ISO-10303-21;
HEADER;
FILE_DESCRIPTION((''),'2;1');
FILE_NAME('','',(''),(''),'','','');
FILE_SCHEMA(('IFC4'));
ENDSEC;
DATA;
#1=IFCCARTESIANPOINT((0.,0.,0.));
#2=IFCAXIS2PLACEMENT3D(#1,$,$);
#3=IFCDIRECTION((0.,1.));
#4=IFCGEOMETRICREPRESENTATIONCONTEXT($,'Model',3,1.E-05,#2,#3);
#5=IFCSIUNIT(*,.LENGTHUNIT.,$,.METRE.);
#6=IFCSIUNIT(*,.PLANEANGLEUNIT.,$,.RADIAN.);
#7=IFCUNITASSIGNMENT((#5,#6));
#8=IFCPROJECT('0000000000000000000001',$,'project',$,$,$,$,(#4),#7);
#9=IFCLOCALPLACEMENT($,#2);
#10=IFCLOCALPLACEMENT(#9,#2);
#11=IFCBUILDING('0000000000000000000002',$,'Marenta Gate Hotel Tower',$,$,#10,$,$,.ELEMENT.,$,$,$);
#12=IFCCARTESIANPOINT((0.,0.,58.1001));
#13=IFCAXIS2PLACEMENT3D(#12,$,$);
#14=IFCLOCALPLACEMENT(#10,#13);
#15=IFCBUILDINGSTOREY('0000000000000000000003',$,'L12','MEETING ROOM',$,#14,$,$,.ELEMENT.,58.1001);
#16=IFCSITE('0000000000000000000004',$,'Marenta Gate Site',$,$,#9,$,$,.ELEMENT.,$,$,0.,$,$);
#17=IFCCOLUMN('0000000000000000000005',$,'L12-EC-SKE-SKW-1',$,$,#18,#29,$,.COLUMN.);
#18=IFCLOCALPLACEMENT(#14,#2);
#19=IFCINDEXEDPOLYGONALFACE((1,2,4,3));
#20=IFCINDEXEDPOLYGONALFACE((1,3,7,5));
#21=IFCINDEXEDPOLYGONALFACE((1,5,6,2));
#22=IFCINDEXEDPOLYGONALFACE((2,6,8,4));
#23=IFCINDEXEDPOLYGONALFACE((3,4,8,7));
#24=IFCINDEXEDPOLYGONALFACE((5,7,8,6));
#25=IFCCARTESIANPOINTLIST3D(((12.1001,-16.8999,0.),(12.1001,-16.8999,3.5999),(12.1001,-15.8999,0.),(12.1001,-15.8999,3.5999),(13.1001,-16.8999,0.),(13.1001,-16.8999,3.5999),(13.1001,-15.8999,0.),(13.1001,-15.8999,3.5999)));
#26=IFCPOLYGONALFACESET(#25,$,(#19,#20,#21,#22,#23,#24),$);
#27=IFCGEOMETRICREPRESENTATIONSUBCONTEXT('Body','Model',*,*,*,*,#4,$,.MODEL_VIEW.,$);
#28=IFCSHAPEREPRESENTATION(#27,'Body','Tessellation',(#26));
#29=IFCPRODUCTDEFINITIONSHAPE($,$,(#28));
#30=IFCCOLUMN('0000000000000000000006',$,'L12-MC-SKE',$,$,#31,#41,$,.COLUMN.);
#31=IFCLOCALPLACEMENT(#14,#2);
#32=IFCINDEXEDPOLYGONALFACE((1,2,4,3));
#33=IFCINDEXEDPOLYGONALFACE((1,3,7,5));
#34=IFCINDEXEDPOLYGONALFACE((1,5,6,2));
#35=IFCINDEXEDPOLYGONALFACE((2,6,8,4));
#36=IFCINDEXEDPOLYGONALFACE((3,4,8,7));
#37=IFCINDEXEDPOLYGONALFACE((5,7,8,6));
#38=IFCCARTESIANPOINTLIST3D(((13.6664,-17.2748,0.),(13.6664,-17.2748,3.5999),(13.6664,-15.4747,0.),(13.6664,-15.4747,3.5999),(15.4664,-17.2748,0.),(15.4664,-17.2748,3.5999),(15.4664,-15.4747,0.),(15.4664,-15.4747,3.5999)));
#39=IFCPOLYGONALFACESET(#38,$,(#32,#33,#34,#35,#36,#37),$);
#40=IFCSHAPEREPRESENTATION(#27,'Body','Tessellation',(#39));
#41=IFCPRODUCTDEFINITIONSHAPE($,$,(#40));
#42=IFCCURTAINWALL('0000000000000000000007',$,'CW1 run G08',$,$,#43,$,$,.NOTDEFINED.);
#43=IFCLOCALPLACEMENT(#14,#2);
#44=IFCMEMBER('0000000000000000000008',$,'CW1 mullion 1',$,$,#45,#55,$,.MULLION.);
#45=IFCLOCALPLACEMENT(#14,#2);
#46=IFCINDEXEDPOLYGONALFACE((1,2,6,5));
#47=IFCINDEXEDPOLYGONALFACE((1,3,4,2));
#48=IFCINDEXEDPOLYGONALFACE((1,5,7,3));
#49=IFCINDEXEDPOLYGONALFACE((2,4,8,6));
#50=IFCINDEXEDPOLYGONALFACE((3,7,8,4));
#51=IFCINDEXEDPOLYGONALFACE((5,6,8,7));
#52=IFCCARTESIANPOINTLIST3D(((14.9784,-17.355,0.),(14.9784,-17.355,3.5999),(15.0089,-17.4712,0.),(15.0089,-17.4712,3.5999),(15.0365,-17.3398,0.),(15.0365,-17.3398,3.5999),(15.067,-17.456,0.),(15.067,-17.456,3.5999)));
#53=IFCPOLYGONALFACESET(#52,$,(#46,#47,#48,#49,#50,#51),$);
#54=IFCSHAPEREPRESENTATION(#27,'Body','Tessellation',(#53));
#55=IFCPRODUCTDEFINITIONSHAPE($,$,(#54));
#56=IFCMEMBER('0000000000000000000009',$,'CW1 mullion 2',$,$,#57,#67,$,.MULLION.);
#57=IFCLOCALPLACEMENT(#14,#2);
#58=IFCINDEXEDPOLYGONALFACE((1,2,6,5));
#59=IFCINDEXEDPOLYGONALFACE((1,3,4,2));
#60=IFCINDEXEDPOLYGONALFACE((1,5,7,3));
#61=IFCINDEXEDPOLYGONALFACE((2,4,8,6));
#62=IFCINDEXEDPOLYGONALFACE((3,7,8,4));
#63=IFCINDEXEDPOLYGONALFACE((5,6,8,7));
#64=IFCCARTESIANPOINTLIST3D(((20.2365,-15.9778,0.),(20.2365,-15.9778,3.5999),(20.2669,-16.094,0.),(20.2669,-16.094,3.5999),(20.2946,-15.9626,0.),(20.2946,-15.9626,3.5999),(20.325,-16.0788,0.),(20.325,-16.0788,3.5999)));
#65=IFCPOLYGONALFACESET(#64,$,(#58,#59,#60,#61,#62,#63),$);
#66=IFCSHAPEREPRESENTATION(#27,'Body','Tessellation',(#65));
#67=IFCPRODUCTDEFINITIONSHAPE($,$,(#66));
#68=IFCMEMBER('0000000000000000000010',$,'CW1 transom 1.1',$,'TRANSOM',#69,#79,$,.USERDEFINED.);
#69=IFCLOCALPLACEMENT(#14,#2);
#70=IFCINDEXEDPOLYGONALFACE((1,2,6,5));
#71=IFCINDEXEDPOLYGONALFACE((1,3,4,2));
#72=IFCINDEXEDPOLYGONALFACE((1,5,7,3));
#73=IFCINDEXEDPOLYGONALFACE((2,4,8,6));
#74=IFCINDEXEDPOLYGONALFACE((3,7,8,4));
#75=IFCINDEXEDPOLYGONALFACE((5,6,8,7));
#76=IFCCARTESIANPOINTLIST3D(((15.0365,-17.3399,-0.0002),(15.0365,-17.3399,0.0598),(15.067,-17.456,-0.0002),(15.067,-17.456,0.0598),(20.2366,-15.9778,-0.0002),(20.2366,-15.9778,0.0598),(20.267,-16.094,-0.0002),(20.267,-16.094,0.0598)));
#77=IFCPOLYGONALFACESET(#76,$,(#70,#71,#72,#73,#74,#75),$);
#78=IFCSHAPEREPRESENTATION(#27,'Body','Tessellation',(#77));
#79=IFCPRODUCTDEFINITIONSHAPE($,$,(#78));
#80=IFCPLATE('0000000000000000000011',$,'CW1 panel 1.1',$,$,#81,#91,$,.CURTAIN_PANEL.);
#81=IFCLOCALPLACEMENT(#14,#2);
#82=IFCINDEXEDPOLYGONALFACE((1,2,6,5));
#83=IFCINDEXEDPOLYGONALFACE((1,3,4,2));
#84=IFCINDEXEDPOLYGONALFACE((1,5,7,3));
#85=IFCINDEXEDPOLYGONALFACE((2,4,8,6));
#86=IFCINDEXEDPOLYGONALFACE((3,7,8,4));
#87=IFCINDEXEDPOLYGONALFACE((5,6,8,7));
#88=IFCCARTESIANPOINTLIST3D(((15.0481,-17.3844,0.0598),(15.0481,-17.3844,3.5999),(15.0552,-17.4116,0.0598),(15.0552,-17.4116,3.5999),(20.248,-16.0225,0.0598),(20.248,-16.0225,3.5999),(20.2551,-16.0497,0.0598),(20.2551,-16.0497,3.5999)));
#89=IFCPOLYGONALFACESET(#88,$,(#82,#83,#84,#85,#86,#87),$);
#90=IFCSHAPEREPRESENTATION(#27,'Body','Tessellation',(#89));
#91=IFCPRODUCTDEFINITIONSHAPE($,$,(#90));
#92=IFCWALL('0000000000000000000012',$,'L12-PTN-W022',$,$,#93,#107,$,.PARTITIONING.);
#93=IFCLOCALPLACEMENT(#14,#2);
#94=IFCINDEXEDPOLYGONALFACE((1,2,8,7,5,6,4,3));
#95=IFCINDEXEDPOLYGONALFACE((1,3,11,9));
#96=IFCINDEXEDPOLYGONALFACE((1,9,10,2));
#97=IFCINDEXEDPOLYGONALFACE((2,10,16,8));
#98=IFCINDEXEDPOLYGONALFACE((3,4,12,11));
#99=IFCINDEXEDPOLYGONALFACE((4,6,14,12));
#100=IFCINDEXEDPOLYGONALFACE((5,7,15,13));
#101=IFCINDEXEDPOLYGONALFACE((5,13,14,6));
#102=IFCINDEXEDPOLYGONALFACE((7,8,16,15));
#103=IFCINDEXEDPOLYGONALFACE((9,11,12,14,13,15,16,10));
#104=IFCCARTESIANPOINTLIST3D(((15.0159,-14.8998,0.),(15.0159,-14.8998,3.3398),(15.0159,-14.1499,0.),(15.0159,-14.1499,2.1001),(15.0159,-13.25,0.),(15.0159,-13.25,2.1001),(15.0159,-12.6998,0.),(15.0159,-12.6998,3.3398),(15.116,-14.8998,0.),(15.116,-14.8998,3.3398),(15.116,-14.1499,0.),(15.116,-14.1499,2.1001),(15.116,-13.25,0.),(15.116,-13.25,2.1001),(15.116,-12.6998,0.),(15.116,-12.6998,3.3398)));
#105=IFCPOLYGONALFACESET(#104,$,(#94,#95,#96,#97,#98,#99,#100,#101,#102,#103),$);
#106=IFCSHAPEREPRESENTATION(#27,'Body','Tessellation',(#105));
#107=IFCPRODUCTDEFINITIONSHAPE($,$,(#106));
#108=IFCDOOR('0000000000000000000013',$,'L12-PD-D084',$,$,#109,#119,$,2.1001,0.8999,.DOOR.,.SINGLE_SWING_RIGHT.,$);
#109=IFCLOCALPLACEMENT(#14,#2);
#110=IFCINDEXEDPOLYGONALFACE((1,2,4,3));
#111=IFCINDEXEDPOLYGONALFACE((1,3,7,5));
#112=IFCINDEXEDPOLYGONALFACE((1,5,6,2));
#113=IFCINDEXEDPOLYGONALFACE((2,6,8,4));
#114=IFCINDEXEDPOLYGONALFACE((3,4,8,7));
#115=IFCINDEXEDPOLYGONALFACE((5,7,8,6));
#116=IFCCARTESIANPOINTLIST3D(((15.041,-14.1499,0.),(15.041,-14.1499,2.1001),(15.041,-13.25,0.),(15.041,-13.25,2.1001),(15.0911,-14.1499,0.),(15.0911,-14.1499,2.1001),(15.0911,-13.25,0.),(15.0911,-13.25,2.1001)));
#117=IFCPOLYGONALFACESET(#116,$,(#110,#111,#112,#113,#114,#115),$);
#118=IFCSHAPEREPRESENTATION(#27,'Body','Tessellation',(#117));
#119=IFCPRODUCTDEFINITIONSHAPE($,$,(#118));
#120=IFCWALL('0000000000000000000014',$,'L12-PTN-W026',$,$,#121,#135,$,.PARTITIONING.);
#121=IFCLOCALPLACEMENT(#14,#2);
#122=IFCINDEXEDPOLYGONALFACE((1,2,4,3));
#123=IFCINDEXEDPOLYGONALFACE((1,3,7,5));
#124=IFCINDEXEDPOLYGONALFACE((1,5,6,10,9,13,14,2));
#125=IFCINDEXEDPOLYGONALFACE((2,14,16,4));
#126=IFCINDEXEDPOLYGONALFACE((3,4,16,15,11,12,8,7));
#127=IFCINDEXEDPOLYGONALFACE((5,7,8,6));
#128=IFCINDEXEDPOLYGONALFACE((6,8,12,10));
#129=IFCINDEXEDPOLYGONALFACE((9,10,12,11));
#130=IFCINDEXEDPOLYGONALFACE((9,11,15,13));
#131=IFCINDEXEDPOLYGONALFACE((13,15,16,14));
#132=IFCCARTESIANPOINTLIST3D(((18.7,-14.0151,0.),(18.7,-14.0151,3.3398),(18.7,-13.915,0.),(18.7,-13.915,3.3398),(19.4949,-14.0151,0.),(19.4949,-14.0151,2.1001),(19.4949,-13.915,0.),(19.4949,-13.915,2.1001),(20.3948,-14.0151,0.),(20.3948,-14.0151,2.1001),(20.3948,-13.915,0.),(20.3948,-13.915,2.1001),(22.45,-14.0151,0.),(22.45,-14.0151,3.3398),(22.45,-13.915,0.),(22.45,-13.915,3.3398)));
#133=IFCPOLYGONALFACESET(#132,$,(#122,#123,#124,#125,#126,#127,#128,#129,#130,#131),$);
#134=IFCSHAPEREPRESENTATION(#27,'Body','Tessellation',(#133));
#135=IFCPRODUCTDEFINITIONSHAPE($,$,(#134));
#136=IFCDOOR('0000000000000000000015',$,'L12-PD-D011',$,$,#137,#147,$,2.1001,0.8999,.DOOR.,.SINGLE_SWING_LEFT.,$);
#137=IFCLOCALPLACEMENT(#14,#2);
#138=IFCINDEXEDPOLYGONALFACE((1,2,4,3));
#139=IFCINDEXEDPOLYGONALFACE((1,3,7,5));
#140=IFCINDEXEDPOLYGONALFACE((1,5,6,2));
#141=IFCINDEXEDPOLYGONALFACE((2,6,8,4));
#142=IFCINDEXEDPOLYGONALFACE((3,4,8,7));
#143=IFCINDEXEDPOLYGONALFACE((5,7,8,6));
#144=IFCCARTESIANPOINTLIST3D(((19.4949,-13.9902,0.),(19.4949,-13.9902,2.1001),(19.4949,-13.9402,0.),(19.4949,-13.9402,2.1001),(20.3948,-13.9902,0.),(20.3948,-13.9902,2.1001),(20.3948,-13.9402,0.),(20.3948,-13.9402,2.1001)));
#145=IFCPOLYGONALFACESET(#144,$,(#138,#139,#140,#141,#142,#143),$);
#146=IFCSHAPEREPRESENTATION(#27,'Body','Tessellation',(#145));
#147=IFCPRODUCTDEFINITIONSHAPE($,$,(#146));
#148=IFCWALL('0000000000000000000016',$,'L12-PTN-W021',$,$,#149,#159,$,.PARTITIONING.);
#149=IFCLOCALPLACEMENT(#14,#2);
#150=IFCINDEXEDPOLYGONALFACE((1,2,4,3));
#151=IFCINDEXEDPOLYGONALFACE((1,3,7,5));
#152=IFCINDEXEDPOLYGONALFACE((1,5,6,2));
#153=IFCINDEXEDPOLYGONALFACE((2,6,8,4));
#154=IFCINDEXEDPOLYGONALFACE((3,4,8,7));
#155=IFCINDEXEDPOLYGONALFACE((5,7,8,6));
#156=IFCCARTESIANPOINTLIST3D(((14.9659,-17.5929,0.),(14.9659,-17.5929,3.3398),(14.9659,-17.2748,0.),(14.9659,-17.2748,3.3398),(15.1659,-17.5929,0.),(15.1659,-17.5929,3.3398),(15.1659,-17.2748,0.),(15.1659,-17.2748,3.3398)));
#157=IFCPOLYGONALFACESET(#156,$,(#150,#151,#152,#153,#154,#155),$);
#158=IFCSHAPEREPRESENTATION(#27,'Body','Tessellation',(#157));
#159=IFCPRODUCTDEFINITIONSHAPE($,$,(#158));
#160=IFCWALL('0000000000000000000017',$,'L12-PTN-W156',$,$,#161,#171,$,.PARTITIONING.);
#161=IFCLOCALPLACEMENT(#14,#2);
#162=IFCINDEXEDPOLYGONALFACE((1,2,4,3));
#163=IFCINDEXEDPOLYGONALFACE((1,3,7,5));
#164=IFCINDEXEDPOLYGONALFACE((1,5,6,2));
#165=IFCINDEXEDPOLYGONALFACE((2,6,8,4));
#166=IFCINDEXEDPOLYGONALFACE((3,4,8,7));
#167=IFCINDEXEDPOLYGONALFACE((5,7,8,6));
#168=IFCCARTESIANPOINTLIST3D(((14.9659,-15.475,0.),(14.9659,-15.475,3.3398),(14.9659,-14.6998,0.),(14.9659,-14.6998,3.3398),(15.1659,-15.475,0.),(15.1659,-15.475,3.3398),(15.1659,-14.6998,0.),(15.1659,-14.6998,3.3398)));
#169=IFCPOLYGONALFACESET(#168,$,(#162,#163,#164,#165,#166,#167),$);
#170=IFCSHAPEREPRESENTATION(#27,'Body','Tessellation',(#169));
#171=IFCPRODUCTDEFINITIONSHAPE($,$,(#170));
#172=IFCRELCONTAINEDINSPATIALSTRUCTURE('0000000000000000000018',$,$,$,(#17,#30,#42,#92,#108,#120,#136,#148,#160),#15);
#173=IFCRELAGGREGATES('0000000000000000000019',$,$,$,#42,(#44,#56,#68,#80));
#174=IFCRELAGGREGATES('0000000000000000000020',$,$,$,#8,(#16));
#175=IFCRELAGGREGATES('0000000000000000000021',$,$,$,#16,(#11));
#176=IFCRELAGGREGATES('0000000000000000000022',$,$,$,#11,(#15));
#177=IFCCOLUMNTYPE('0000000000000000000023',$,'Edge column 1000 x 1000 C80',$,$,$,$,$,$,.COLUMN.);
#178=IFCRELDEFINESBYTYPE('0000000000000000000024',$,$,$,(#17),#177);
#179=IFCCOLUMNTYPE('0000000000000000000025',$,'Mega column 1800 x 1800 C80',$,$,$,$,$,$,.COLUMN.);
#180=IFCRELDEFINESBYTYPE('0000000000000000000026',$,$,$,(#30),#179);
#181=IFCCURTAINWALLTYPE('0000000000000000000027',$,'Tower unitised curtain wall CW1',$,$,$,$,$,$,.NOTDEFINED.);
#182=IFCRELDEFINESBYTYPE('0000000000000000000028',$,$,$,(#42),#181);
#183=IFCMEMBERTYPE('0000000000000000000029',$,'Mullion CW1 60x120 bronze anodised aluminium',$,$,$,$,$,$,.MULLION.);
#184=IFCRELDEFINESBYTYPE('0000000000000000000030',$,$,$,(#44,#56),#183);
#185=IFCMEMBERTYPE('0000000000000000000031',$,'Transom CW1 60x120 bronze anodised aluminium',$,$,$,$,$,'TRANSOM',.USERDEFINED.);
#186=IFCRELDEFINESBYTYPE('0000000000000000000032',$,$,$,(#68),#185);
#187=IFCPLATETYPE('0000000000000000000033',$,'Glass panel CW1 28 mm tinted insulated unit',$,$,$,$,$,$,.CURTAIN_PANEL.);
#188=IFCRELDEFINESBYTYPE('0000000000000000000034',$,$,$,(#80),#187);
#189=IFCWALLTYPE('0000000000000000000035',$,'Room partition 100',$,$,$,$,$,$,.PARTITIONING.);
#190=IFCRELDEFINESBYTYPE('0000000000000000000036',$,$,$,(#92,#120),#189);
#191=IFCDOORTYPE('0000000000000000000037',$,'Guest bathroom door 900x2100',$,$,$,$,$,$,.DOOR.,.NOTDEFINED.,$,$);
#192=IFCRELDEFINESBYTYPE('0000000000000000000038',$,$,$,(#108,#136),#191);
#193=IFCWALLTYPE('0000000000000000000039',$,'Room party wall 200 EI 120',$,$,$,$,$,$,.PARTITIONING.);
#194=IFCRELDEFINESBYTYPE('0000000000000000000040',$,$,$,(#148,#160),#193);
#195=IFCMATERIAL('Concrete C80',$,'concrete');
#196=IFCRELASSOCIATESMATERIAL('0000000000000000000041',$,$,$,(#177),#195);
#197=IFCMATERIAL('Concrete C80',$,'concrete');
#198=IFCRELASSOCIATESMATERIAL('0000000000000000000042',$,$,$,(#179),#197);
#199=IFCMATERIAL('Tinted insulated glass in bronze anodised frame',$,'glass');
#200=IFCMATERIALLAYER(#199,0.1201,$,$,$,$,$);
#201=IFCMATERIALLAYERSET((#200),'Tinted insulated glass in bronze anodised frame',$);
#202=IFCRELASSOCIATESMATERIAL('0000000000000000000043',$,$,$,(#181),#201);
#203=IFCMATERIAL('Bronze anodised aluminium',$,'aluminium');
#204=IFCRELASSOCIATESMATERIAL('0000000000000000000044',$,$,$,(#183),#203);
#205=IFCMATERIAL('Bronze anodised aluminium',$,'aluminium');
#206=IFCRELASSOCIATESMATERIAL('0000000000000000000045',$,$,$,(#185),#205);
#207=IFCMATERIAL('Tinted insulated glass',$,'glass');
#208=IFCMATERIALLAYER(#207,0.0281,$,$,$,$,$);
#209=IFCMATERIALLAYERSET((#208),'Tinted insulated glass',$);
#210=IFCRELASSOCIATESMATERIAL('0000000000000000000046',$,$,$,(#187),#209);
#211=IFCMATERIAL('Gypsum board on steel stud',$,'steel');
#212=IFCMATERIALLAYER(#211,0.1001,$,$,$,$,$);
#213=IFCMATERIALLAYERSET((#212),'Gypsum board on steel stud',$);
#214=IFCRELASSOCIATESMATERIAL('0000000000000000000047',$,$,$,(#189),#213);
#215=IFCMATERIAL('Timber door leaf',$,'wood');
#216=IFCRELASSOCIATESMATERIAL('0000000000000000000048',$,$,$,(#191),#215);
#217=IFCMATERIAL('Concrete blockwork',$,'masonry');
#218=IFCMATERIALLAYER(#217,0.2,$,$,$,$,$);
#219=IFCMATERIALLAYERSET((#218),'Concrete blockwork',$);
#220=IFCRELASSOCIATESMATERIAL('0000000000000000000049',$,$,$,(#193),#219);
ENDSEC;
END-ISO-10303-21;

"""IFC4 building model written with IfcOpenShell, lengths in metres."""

from ifc_helpers import new_model, si_unit, direction, frame, frame_2d, origin, origin_2d, place, context, subcontext, project, spatial, rectangle, extrude, material, layer, layer_set, material_profile, profile_set, type_object, element, fill, aggregate, save


model = new_model("IFC4")

# Units and contexts
model_context = context("Model", 3, precision=1e-05, world=origin(), true_north=direction((0.0, 1.0)))
body_context = subcontext(model_context, "Body", "Model", "MODEL_VIEW")
ifc_project = project(units=[si_unit("LENGTHUNIT", "METRE"), si_unit("PLANEANGLEUNIT", "RADIAN")], contexts=[model_context])

# Site, building, storey
site_placement = place(None, origin())
site = spatial("IfcSite", under=ifc_project, at=site_placement, Name="Marenta Gate Site", CompositionType="ELEMENT", RefElevation=0.0)
building_placement = place(site_placement, origin())
building = spatial("IfcBuilding", under=site, at=building_placement, Name="Marenta Gate Hotel Tower", CompositionType="ELEMENT")
storey_placement = place(building_placement, frame((0.0, 0.0, 58.1001)))
storey = spatial("IfcBuildingStorey", under=building, at=storey_placement, Name="L12", Description="MEETING ROOM", CompositionType="ELEMENT", Elevation=58.1001)

# Columns
ifc_material_1 = material(Name="Concrete C80", Category="concrete")
ifc_material_profile_1 = material_profile(ifc_material_1, rectangle(XDim=1.0, YDim=1.0, at=origin_2d()), Name="1000 x 1000")
ifc_profile_set_1 = profile_set([ifc_material_profile_1], Name="Concrete C80")
column_type_1 = type_object("IfcColumnType", Name="Edge column 1000 x 1000 C80", PredefinedType="COLUMN", material=ifc_profile_set_1)
column_1_placement = place(storey_placement, frame((12.6001, -16.3999, 0.0), z_axis=(0.0, 0.0, 1.0), x_axis=(1.0, 0.0, 0.0)))
element("IfcColumn", 1, at=column_1_placement, inside=storey, type_object=column_type_1, Name="L12-EC-SKE-SKW-1", PredefinedType="COLUMN", context=body_context, shape_type="SweptSolid", body=[
    extrude(rectangle(XDim=1.0, YDim=1.0, at=origin_2d()), origin(), (0.0, 0.0, 1.0), 3.5999),
])
ifc_material_2 = material(Name="Concrete C80", Category="concrete")
ifc_material_profile_2 = material_profile(ifc_material_2, rectangle(XDim=1.8, YDim=1.8, at=origin_2d()), Name="1800 x 1800")
ifc_profile_set_2 = profile_set([ifc_material_profile_2], Name="Concrete C80")
column_type_2 = type_object("IfcColumnType", Name="Mega column 1800 x 1800 C80", PredefinedType="COLUMN", material=ifc_profile_set_2)
column_2_placement = place(storey_placement, frame((14.5664, -16.3748, 0.0), z_axis=(0.0, 0.0, 1.0), x_axis=(1.0, 0.0, 0.0)))
element("IfcColumn", 2, at=column_2_placement, inside=storey, type_object=column_type_2, Name="L12-MC-SKE", PredefinedType="COLUMN", context=body_context, shape_type="SweptSolid", body=[
    extrude(rectangle(XDim=1.8, YDim=1.8, at=origin_2d()), origin(), (0.0, 0.0, 1.0), 3.5999),
])

# Curtain wall, members, plate
ifc_material_3 = material(Name="Tinted insulated glass in bronze anodised frame", Category="glass")
ifc_layer_1 = layer(ifc_material_3, 0.1201)
ifc_layer_set_1 = layer_set([ifc_layer_1], Name="Tinted insulated glass in bronze anodised frame")
curtain_wall_type = type_object("IfcCurtainWallType", Name="Tower unitised curtain wall CW1", PredefinedType="NOTDEFINED", material=ifc_layer_set_1)
curtain_wall_placement = place(storey_placement, origin())
curtain_wall = element("IfcCurtainWall", 3, at=curtain_wall_placement, inside=storey, type_object=curtain_wall_type, Name="CW1 run G08", PredefinedType="NOTDEFINED")
ifc_material_4 = material(Name="Bronze anodised aluminium", Category="aluminium")
ifc_material_profile_3 = material_profile(ifc_material_4, rectangle(XDim=0.1201, YDim=0.0601, at=origin_2d()), Name="Mullion CW1 60x120 bronze anodised aluminium")
ifc_profile_set_3 = profile_set([ifc_material_profile_3], Name="Bronze anodised aluminium")
member_type_1 = type_object("IfcMemberType", Name="Mullion CW1 60x120 bronze anodised aluminium", PredefinedType="MULLION", material=ifc_profile_set_3)
member_1_placement = place(storey_placement, frame((15.0227, -17.4055, 0.0), z_axis=(0.0, 0.0, 1.0), x_axis=(-0.253372, 0.967369, 0.0)))
member_1 = element("IfcMember", 4, at=member_1_placement, type_object=member_type_1, Name="CW1 mullion 1", PredefinedType="MULLION", context=body_context, shape_type="SweptSolid", body=[
    extrude(rectangle(XDim=0.1201, YDim=0.0601, at=origin_2d()), origin(), (0.0, 0.0, 1.0), 3.5999),
])
member_2_placement = place(storey_placement, frame((20.2808, -16.0283, 0.0), z_axis=(0.0, 0.0, 1.0), x_axis=(-0.253372, 0.967369, 0.0)))
member_2 = element("IfcMember", 5, at=member_2_placement, type_object=member_type_1, Name="CW1 mullion 2", PredefinedType="MULLION", context=body_context, shape_type="SweptSolid", body=[
    extrude(rectangle(XDim=0.1201, YDim=0.0601, at=origin_2d()), origin(), (0.0, 0.0, 1.0), 3.5999),
])
ifc_material_5 = material(Name="Bronze anodised aluminium", Category="aluminium")
ifc_material_profile_4 = material_profile(ifc_material_5, rectangle(XDim=0.1201, YDim=0.0601, at=origin_2d()), Name="Transom CW1 60x120 bronze anodised aluminium")
ifc_profile_set_4 = profile_set([ifc_material_profile_4], Name="Bronze anodised aluminium")
member_type_2 = type_object("IfcMemberType", Name="Transom CW1 60x120 bronze anodised aluminium", ElementType="TRANSOM", PredefinedType="USERDEFINED", material=ifc_profile_set_4)
member_3_placement = place(storey_placement, frame((15.0518, -17.3979, 0.0298), z_axis=(0.967365, 0.253389, 0.0), x_axis=(-0.253389, 0.967365, 0.0)))
member_3 = element("IfcMember", 6, at=member_3_placement, type_object=member_type_2, Name="CW1 transom 1.1", ObjectType="TRANSOM", PredefinedType="USERDEFINED", context=body_context, shape_type="SweptSolid", body=[
    extrude(rectangle(XDim=0.1201, YDim=0.0601, at=origin_2d()), origin(), (0.0, 0.0, 1.0), 5.3755),
])
ifc_material_6 = material(Name="Tinted insulated glass", Category="glass")
ifc_layer_2 = layer(ifc_material_6, 0.0281)
ifc_layer_set_2 = layer_set([ifc_layer_2], Name="Tinted insulated glass")
plate_type = type_object("IfcPlateType", Name="Glass panel CW1 28 mm tinted insulated unit", PredefinedType="CURTAIN_PANEL", material=ifc_layer_set_2)
plate_placement = place(storey_placement, frame((17.6516, -16.717, 0.0598), z_axis=(0.0, 0.0, 1.0), x_axis=(0.967369, 0.253372, 0.0)))
plate = element("IfcPlate", 7, at=plate_placement, type_object=plate_type, Name="CW1 panel 1.1", PredefinedType="CURTAIN_PANEL", context=body_context, shape_type="SweptSolid", body=[
    extrude(rectangle(XDim=5.3752, YDim=0.0281, at=origin_2d()), origin(), (0.0, 0.0, 1.0), 3.54),
])
aggregate(curtain_wall, [member_1, member_2, member_3, plate])

# Walls, openings, doors
ifc_material_7 = material(Name="Gypsum board on steel stud", Category="steel")
ifc_layer_3 = layer(ifc_material_7, 0.1001)
ifc_layer_set_3 = layer_set([ifc_layer_3], Name="Gypsum board on steel stud")
wall_type_1 = type_object("IfcWallType", Name="Room partition 100", PredefinedType="PARTITIONING", material=ifc_layer_set_3)
wall_1_placement = place(storey_placement, frame((15.0659, -14.8999, 0.0), z_axis=(0.0, 0.0, 1.0), x_axis=(0.0, 1.0, 0.0)))
wall_1 = element("IfcWall", 8, at=wall_1_placement, inside=storey, type_object=wall_type_1, Name="L12-PTN-W022", PredefinedType="PARTITIONING", context=body_context, shape_type="SweptSolid", body=[
    extrude(rectangle(XDim=2.2, YDim=0.1001, at=frame_2d((1.1001, 0.0))), origin(), (0.0, 0.0, 1.0), 3.3398),
])
opening_1_placement = place(wall_1_placement, frame((0.75, 0.0, 0.0)))
opening_1 = element("IfcOpeningElement", 9, at=opening_1_placement, cuts=wall_1, PredefinedType="OPENING", context=body_context, shape_type="SweptSolid", body=[
    extrude(rectangle(XDim=0.8999, YDim=2.1001, at=frame_2d((0.45, 1.05))), frame((0.0, 0.05, 0.0), z_axis=(0.0, -1.0, 0.0), x_axis=(1.0, 0.0, 0.0)), (0.0, 0.0, 1.0), 0.1001),
])
ifc_material_8 = material(Name="Timber door leaf", Category="wood")
door_type_1 = type_object("IfcDoorType", Name="Guest bathroom door 900x2100", OperationType="NOTDEFINED", PredefinedType="DOOR", material=ifc_material_8)
door_1_placement = place(opening_1_placement, origin())
door_1 = element("IfcDoor", 10, at=door_1_placement, inside=storey, type_object=door_type_1, Name="L12-PD-D084", OperationType="SINGLE_SWING_RIGHT", OverallHeight=2.1001, OverallWidth=0.8999, PredefinedType="DOOR", context=body_context, shape_type="SweptSolid", body=[
    extrude(rectangle(XDim=0.8999, YDim=2.1001, at=frame_2d((0.45, 1.05))), frame((0.0, 0.0249, 0.0), z_axis=(0.0, -1.0, 0.0), x_axis=(1.0, 0.0, 0.0)), (0.0, 0.0, 1.0), 0.05),
])
fill(opening_1, door_1)
wall_2_placement = place(storey_placement, frame((18.7, -13.9651, 0.0), z_axis=(0.0, 0.0, 1.0), x_axis=(1.0, 0.0, 0.0)))
wall_2 = element("IfcWall", 11, at=wall_2_placement, inside=storey, type_object=wall_type_1, Name="L12-PTN-W026", PredefinedType="PARTITIONING", context=body_context, shape_type="SweptSolid", body=[
    extrude(rectangle(XDim=3.75, YDim=0.1001, at=frame_2d((1.875, 0.0))), origin(), (0.0, 0.0, 1.0), 3.3398),
])
opening_2_placement = place(wall_2_placement, frame((0.7949, 0.0, 0.0)))
opening_2 = element("IfcOpeningElement", 12, at=opening_2_placement, cuts=wall_2, PredefinedType="OPENING", context=body_context, shape_type="SweptSolid", body=[
    extrude(rectangle(XDim=0.8999, YDim=2.1001, at=frame_2d((0.45, 1.05))), frame((0.0, 0.05, 0.0), z_axis=(0.0, -1.0, 0.0), x_axis=(1.0, 0.0, 0.0)), (0.0, 0.0, 1.0), 0.1001),
])
door_2_placement = place(opening_2_placement, origin())
door_2 = element("IfcDoor", 13, at=door_2_placement, inside=storey, type_object=door_type_1, Name="L12-PD-D011", OperationType="SINGLE_SWING_LEFT", OverallHeight=2.1001, OverallWidth=0.8999, PredefinedType="DOOR", context=body_context, shape_type="SweptSolid", body=[
    extrude(rectangle(XDim=0.8999, YDim=2.1001, at=frame_2d((0.45, 1.05))), frame((0.0, 0.0249, 0.0), z_axis=(0.0, -1.0, 0.0), x_axis=(1.0, 0.0, 0.0)), (0.0, 0.0, 1.0), 0.05),
])
fill(opening_2, door_2)

# Walls
ifc_material_9 = material(Name="Concrete blockwork", Category="masonry")
ifc_layer_4 = layer(ifc_material_9, 0.2)
ifc_layer_set_4 = layer_set([ifc_layer_4], Name="Concrete blockwork")
wall_type_2 = type_object("IfcWallType", Name="Room party wall 200 EI 120", PredefinedType="PARTITIONING", material=ifc_layer_set_4)
wall_3_placement = place(storey_placement, frame((15.0659, -17.593, 0.0), z_axis=(0.0, 0.0, 1.0), x_axis=(0.0, 1.0, 0.0)))
element("IfcWall", 14, at=wall_3_placement, inside=storey, type_object=wall_type_2, Name="L12-PTN-W021", PredefinedType="PARTITIONING", context=body_context, shape_type="SweptSolid", body=[
    extrude(rectangle(XDim=0.3181, YDim=0.2, at=frame_2d((0.1592, 0.0))), origin(), (0.0, 0.0, 1.0), 3.3398),
])
wall_4_placement = place(storey_placement, frame((15.0659, -15.4751, 0.0), z_axis=(0.0, 0.0, 1.0), x_axis=(0.0, 1.0, 0.0)))
element("IfcWall", 15, at=wall_4_placement, inside=storey, type_object=wall_type_2, Name="L12-PTN-W156", PredefinedType="PARTITIONING", context=body_context, shape_type="SweptSolid", body=[
    extrude(rectangle(XDim=0.7751, YDim=0.2, at=frame_2d((0.3877, 0.0))), origin(), (0.0, 0.0, 1.0), 3.3398),
])

save(model, "model.ifc")
